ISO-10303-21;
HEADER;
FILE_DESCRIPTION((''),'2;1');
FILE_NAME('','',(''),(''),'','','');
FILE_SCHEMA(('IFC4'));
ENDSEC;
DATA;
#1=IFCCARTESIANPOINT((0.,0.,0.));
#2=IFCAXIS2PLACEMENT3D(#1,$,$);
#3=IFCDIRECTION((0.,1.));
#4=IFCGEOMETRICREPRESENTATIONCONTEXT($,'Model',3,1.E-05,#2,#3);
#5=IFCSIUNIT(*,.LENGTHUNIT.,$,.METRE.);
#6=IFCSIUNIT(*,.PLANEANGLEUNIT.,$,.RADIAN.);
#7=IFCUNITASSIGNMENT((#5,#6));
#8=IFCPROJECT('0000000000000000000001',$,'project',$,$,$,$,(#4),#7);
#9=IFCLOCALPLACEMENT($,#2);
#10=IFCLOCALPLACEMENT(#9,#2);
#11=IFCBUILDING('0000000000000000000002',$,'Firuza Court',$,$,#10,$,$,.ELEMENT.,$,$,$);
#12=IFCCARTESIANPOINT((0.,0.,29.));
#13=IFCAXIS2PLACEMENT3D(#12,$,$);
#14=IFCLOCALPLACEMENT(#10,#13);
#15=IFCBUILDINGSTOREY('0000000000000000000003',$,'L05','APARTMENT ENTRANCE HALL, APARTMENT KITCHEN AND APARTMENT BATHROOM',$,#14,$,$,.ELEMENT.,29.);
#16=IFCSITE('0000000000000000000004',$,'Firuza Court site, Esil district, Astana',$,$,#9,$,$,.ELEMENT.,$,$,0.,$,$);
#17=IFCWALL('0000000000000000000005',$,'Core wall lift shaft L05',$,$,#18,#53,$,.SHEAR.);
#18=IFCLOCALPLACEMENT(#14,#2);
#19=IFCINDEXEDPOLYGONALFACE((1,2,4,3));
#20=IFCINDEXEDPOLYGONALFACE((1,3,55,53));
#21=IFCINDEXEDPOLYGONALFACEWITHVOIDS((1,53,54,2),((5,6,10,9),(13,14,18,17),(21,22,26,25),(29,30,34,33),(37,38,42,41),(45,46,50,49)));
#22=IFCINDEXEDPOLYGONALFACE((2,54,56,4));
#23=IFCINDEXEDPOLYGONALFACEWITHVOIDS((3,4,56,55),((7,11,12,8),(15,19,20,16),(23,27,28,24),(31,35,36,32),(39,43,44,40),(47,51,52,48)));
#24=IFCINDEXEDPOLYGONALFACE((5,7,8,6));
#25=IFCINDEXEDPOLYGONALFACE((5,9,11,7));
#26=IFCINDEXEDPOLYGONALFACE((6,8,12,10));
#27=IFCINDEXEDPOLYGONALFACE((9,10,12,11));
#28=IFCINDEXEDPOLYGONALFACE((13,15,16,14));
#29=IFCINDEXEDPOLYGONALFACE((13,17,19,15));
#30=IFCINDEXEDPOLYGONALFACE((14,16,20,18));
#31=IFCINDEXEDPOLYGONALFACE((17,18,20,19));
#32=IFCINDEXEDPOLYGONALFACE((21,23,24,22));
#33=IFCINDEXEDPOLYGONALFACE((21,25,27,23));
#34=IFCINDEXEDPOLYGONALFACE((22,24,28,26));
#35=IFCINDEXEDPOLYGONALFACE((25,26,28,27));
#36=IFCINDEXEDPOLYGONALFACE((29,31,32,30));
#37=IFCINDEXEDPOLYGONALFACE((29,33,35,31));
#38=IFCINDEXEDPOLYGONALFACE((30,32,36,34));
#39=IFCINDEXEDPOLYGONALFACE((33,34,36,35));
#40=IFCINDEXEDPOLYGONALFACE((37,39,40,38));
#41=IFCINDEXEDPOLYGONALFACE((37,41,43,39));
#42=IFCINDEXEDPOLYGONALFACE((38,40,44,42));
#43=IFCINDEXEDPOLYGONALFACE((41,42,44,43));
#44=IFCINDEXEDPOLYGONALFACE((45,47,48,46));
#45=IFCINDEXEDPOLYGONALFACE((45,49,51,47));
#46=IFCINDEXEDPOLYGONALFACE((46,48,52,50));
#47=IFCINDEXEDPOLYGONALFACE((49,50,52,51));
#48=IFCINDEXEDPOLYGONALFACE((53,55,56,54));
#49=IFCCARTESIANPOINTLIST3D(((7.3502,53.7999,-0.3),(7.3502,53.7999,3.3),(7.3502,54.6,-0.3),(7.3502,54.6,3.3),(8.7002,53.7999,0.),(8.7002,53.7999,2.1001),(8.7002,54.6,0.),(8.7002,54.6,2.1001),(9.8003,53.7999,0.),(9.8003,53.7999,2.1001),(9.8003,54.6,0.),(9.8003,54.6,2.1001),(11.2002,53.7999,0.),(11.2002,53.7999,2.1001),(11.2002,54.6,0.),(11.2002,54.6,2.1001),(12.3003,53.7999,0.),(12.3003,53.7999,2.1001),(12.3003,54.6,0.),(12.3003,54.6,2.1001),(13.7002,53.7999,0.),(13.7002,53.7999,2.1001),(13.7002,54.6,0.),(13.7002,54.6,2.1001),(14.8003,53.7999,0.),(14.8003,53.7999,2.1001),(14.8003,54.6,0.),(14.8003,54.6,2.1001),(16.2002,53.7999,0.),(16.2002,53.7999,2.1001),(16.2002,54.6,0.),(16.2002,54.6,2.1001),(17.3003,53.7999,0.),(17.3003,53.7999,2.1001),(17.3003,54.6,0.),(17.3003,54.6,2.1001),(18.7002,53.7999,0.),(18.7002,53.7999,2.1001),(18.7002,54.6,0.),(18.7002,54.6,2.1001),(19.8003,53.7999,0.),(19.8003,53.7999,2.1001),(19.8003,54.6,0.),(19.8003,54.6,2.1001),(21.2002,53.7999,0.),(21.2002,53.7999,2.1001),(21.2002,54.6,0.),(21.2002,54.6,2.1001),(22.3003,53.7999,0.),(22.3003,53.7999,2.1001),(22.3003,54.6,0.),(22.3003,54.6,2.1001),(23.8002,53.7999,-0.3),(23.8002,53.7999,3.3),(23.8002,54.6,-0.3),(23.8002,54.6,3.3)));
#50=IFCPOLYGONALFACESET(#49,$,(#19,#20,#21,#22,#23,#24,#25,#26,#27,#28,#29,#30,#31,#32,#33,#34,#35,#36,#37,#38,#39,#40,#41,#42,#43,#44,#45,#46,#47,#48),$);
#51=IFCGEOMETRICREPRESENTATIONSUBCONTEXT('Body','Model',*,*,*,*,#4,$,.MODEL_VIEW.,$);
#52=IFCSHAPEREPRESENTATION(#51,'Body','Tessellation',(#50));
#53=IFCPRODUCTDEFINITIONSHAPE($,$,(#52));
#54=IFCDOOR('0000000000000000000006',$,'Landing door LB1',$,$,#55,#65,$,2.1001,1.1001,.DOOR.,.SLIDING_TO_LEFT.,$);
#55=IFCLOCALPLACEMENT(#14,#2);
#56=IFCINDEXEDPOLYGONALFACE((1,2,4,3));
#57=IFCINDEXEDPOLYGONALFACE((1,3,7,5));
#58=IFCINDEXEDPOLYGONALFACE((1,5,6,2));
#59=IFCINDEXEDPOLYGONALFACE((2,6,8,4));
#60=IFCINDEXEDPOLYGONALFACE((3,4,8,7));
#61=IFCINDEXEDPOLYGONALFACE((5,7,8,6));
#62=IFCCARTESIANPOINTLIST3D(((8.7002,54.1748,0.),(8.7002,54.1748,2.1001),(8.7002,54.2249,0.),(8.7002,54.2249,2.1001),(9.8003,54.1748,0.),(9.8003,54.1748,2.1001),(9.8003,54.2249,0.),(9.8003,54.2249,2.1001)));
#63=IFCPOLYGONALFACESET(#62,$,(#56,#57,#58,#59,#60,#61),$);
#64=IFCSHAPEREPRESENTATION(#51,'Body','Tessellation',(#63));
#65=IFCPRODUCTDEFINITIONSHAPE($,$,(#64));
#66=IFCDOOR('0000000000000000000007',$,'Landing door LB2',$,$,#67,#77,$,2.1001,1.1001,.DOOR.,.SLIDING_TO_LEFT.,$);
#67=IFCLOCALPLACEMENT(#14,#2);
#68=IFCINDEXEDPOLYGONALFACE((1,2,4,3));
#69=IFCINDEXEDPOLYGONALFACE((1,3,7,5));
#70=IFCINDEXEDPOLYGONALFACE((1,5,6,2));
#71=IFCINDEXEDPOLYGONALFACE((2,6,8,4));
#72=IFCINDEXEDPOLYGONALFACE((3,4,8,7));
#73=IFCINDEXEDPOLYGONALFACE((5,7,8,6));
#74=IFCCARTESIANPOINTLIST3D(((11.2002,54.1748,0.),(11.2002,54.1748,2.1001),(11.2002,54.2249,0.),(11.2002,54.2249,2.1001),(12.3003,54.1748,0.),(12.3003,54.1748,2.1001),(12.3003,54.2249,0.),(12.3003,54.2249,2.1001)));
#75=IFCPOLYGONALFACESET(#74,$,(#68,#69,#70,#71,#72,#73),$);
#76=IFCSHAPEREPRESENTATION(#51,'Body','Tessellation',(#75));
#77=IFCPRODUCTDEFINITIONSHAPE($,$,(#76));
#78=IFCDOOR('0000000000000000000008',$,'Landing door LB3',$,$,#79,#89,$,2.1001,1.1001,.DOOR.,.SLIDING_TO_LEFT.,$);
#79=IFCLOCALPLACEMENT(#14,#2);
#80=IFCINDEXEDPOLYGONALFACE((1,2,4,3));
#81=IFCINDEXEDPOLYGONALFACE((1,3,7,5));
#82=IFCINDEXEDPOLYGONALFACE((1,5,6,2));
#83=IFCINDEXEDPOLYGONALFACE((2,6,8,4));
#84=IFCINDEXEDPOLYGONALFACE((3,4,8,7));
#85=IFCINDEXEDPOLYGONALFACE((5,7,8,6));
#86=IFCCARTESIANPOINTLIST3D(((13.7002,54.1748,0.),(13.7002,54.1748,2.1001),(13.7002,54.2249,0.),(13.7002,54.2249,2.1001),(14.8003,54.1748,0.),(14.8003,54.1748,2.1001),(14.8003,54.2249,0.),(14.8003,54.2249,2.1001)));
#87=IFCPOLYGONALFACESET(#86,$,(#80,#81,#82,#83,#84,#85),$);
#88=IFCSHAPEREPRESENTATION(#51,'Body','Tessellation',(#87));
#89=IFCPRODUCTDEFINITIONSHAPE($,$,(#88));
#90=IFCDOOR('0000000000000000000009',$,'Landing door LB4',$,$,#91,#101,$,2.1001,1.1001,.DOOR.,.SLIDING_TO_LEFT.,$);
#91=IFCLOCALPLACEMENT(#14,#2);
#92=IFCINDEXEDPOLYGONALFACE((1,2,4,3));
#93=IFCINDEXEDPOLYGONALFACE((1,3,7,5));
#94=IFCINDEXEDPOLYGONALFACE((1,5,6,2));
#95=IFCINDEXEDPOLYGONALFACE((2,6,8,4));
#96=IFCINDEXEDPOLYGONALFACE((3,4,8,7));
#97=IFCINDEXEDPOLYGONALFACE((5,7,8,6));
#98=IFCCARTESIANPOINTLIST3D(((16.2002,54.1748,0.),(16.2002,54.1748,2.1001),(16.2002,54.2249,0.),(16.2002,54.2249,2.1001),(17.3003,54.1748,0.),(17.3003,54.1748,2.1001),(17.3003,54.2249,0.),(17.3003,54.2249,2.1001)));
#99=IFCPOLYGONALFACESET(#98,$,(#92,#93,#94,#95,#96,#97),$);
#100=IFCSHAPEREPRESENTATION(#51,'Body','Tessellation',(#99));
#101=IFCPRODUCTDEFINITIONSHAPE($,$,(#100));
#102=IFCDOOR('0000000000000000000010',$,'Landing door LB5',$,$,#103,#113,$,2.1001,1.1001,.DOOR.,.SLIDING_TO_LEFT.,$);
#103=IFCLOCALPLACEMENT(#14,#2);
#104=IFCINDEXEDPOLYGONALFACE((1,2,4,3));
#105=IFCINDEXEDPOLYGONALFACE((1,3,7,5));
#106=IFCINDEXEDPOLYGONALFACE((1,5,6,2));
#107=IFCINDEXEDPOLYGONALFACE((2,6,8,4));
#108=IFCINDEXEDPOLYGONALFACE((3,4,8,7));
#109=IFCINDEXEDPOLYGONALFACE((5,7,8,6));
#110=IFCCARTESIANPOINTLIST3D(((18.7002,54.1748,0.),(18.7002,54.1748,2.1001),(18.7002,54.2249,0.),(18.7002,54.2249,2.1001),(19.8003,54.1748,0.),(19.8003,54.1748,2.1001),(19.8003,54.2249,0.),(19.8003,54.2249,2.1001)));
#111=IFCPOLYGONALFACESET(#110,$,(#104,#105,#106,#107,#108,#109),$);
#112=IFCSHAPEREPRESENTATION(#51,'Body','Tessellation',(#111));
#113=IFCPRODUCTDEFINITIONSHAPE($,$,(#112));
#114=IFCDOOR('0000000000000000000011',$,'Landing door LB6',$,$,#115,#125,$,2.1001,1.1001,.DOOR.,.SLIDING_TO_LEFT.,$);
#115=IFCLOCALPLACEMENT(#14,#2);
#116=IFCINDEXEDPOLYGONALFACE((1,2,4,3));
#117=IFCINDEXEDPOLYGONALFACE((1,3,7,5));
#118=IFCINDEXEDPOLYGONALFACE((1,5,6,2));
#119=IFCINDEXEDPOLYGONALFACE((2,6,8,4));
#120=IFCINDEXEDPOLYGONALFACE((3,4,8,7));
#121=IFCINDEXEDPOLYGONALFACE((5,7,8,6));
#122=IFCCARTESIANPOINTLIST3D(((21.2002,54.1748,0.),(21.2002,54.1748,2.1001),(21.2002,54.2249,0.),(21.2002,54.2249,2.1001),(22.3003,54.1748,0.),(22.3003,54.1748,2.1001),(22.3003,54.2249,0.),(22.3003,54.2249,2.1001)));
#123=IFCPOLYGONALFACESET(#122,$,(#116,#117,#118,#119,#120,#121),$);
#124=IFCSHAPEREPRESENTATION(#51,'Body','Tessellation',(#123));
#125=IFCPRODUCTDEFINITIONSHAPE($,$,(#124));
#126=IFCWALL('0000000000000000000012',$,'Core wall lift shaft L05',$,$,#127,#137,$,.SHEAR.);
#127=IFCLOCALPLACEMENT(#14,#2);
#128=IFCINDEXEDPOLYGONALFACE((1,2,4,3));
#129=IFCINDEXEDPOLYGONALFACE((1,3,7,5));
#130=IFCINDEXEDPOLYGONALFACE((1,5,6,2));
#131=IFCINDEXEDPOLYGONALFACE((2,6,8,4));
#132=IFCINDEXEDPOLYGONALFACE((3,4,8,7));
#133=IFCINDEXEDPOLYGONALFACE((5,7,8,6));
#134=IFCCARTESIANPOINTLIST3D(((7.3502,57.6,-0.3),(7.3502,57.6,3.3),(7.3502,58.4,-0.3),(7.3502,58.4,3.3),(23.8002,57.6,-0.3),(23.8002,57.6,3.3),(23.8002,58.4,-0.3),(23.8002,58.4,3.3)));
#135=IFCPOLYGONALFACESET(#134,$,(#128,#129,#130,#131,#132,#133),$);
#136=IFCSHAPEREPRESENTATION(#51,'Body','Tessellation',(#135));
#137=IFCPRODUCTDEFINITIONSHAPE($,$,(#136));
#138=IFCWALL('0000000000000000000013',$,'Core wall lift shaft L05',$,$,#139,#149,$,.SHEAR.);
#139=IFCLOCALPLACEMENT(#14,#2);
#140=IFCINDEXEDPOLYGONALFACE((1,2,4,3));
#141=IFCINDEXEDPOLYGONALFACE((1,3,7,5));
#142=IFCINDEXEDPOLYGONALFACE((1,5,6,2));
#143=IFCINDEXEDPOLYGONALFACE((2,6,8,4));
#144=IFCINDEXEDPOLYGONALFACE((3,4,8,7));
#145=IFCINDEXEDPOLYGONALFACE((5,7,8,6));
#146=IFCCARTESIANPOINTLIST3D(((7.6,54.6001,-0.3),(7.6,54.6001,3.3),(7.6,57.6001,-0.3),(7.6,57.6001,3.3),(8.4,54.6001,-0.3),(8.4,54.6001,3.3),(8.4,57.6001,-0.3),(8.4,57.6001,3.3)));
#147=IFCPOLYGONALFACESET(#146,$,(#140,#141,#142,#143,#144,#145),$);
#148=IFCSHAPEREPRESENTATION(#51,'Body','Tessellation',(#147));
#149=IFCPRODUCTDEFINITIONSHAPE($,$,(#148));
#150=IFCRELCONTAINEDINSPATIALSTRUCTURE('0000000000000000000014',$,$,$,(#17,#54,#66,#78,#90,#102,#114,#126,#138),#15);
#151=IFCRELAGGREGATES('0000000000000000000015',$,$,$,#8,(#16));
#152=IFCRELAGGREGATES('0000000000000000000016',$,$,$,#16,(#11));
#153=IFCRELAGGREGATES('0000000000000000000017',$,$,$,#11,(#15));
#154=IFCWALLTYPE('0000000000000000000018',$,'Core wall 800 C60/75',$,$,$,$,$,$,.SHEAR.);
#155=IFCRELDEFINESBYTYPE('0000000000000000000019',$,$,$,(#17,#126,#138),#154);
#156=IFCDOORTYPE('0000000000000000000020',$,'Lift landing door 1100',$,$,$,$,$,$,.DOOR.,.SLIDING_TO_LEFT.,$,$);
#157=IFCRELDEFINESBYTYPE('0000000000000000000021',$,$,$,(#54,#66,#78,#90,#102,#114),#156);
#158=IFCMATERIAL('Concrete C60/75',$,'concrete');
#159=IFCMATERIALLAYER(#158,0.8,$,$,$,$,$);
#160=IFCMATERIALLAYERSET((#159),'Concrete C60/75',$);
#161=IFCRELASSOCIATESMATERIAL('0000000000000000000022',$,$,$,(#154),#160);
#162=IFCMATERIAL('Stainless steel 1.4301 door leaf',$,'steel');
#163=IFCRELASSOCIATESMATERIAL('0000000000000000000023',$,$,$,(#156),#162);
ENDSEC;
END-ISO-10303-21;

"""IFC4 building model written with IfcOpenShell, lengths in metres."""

from ifc_helpers import new_model, si_unit, direction, frame, frame_2d, origin, place, context, subcontext, project, spatial, rectangle, extrude, material, layer, layer_set, type_object, element, fill, save


model = new_model("IFC4")

# Units and contexts
model_context = context("Model", 3, precision=1e-05, world=origin(), true_north=direction((0.0, 1.0)))
body_context = subcontext(model_context, "Body", "Model", "MODEL_VIEW")
ifc_project = project(units=[si_unit("LENGTHUNIT", "METRE"), si_unit("PLANEANGLEUNIT", "RADIAN")], contexts=[model_context])

# Site, building, storey
site_placement = place(None, origin())
site = spatial("IfcSite", under=ifc_project, at=site_placement, Name="Firuza Court site, Esil district, Astana", CompositionType="ELEMENT", RefElevation=0.0)
building_placement = place(site_placement, origin())
building = spatial("IfcBuilding", under=site, at=building_placement, Name="Firuza Court", CompositionType="ELEMENT")
storey_placement = place(building_placement, frame((0.0, 0.0, 29.0)))
storey = spatial("IfcBuildingStorey", under=building, at=storey_placement, Name="L05", Description="APARTMENT ENTRANCE HALL, APARTMENT KITCHEN AND APARTMENT BATHROOM", CompositionType="ELEMENT", Elevation=29.0)

# Shared definitions
ifc_material_1 = material(Name="Concrete C60/75", Category="concrete")

# Wall, openings, doors
ifc_layer_1 = layer(ifc_material_1, 0.8)
ifc_layer_set_1 = layer_set([ifc_layer_1], Name="Concrete C60/75")
wall_type_1 = type_object("IfcWallType", Name="Core wall 800 C60/75", PredefinedType="SHEAR", material=ifc_layer_set_1)
wall_1_placement = place(storey_placement, frame((7.3501, 54.2, -0.3), z_axis=(0.0, 0.0, 1.0), x_axis=(1.0, 0.0, 0.0)))
wall_1 = element("IfcWall", 1, at=wall_1_placement, inside=storey, type_object=wall_type_1, Name="Core wall lift shaft L05", PredefinedType="SHEAR", context=body_context, shape_type="SweptSolid", body=[
    extrude(rectangle(XDim=16.45, YDim=0.8, at=frame_2d((8.2251, 0.0))), origin(), (0.0, 0.0, 1.0), 3.6001),
])
opening_1_placement = place(wall_1_placement, frame((1.3501, 0.0, 0.3)))
opening_1 = element("IfcOpeningElement", 2, at=opening_1_placement, cuts=wall_1, PredefinedType="OPENING", context=body_context, shape_type="SweptSolid", body=[
    extrude(rectangle(XDim=1.1001, YDim=2.1001, at=frame_2d((0.55, 1.05))), frame((0.0, 0.4121, 0.0), z_axis=(0.0, -1.0, 0.0), x_axis=(1.0, 0.0, 0.0)), (0.0, 0.0, 1.0), 0.824),
])
opening_2_placement = place(wall_1_placement, frame((3.8501, 0.0, 0.3)))
opening_2 = element("IfcOpeningElement", 3, at=opening_2_placement, cuts=wall_1, PredefinedType="OPENING", context=body_context, shape_type="SweptSolid", body=[
    extrude(rectangle(XDim=1.1001, YDim=2.1001, at=frame_2d((0.55, 1.05))), frame((0.0, 0.4121, 0.0), z_axis=(0.0, -1.0, 0.0), x_axis=(1.0, 0.0, 0.0)), (0.0, 0.0, 1.0), 0.824),
])
opening_3_placement = place(wall_1_placement, frame((6.3501, 0.0, 0.3)))
opening_3 = element("IfcOpeningElement", 4, at=opening_3_placement, cuts=wall_1, PredefinedType="OPENING", context=body_context, shape_type="SweptSolid", body=[
    extrude(rectangle(XDim=1.1001, YDim=2.1001, at=frame_2d((0.55, 1.05))), frame((0.0, 0.4121, 0.0), z_axis=(0.0, -1.0, 0.0), x_axis=(1.0, 0.0, 0.0)), (0.0, 0.0, 1.0), 0.824),
])
opening_4_placement = place(wall_1_placement, frame((8.8501, 0.0, 0.3)))
opening_4 = element("IfcOpeningElement", 5, at=opening_4_placement, cuts=wall_1, PredefinedType="OPENING", context=body_context, shape_type="SweptSolid", body=[
    extrude(rectangle(XDim=1.1001, YDim=2.1001, at=frame_2d((0.55, 1.05))), frame((0.0, 0.4121, 0.0), z_axis=(0.0, -1.0, 0.0), x_axis=(1.0, 0.0, 0.0)), (0.0, 0.0, 1.0), 0.824),
])
opening_5_placement = place(wall_1_placement, frame((11.3501, 0.0, 0.3)))
opening_5 = element("IfcOpeningElement", 6, at=opening_5_placement, cuts=wall_1, PredefinedType="OPENING", context=body_context, shape_type="SweptSolid", body=[
    extrude(rectangle(XDim=1.1001, YDim=2.1001, at=frame_2d((0.55, 1.05))), frame((0.0, 0.4121, 0.0), z_axis=(0.0, -1.0, 0.0), x_axis=(1.0, 0.0, 0.0)), (0.0, 0.0, 1.0), 0.824),
])
opening_6_placement = place(wall_1_placement, frame((13.8501, 0.0, 0.3)))
opening_6 = element("IfcOpeningElement", 7, at=opening_6_placement, cuts=wall_1, PredefinedType="OPENING", context=body_context, shape_type="SweptSolid", body=[
    extrude(rectangle(XDim=1.1001, YDim=2.1001, at=frame_2d((0.55, 1.05))), frame((0.0, 0.4121, 0.0), z_axis=(0.0, -1.0, 0.0), x_axis=(1.0, 0.0, 0.0)), (0.0, 0.0, 1.0), 0.824),
])
ifc_material_2 = material(Name="Stainless steel 1.4301 door leaf", Category="steel")
door_type = type_object("IfcDoorType", Name="Lift landing door 1100", OperationType="SLIDING_TO_LEFT", PredefinedType="DOOR", material=ifc_material_2)
door_1_placement = place(opening_1_placement, origin())
door_1 = element("IfcDoor", 8, at=door_1_placement, inside=storey, type_object=door_type, Name="Landing door LB1", OperationType="SLIDING_TO_LEFT", OverallHeight=2.1001, OverallWidth=1.1001, PredefinedType="DOOR", context=body_context, shape_type="SweptSolid", body=[
    extrude(rectangle(XDim=1.1001, YDim=2.1001, at=frame_2d((0.55, 1.05))), frame((0.0, 0.0249, 0.0), z_axis=(0.0, -1.0, 0.0), x_axis=(1.0, 0.0, 0.0)), (0.0, 0.0, 1.0), 0.05),
])
fill(opening_1, door_1)
door_2_placement = place(opening_2_placement, origin())
door_2 = element("IfcDoor", 9, at=door_2_placement, inside=storey, type_object=door_type, Name="Landing door LB2", OperationType="SLIDING_TO_LEFT", OverallHeight=2.1001, OverallWidth=1.1001, PredefinedType="DOOR", context=body_context, shape_type="SweptSolid", body=[
    extrude(rectangle(XDim=1.1001, YDim=2.1001, at=frame_2d((0.55, 1.05))), frame((0.0, 0.0249, 0.0), z_axis=(0.0, -1.0, 0.0), x_axis=(1.0, 0.0, 0.0)), (0.0, 0.0, 1.0), 0.05),
])
fill(opening_2, door_2)
door_3_placement = place(opening_3_placement, origin())
door_3 = element("IfcDoor", 10, at=door_3_placement, inside=storey, type_object=door_type, Name="Landing door LB3", OperationType="SLIDING_TO_LEFT", OverallHeight=2.1001, OverallWidth=1.1001, PredefinedType="DOOR", context=body_context, shape_type="SweptSolid", body=[
    extrude(rectangle(XDim=1.1001, YDim=2.1001, at=frame_2d((0.55, 1.05))), frame((0.0, 0.0249, 0.0), z_axis=(0.0, -1.0, 0.0), x_axis=(1.0, 0.0, 0.0)), (0.0, 0.0, 1.0), 0.05),
])
fill(opening_3, door_3)
door_4_placement = place(opening_4_placement, origin())
door_4 = element("IfcDoor", 11, at=door_4_placement, inside=storey, type_object=door_type, Name="Landing door LB4", OperationType="SLIDING_TO_LEFT", OverallHeight=2.1001, OverallWidth=1.1001, PredefinedType="DOOR", context=body_context, shape_type="SweptSolid", body=[
    extrude(rectangle(XDim=1.1001, YDim=2.1001, at=frame_2d((0.55, 1.05))), frame((0.0, 0.0249, 0.0), z_axis=(0.0, -1.0, 0.0), x_axis=(1.0, 0.0, 0.0)), (0.0, 0.0, 1.0), 0.05),
])
fill(opening_4, door_4)
door_5_placement = place(opening_5_placement, origin())
door_5 = element("IfcDoor", 12, at=door_5_placement, inside=storey, type_object=door_type, Name="Landing door LB5", OperationType="SLIDING_TO_LEFT", OverallHeight=2.1001, OverallWidth=1.1001, PredefinedType="DOOR", context=body_context, shape_type="SweptSolid", body=[
    extrude(rectangle(XDim=1.1001, YDim=2.1001, at=frame_2d((0.55, 1.05))), frame((0.0, 0.0249, 0.0), z_axis=(0.0, -1.0, 0.0), x_axis=(1.0, 0.0, 0.0)), (0.0, 0.0, 1.0), 0.05),
])
fill(opening_5, door_5)
door_6_placement = place(opening_6_placement, origin())
door_6 = element("IfcDoor", 13, at=door_6_placement, inside=storey, type_object=door_type, Name="Landing door LB6", OperationType="SLIDING_TO_LEFT", OverallHeight=2.1001, OverallWidth=1.1001, PredefinedType="DOOR", context=body_context, shape_type="SweptSolid", body=[
    extrude(rectangle(XDim=1.1001, YDim=2.1001, at=frame_2d((0.55, 1.05))), frame((0.0, 0.0249, 0.0), z_axis=(0.0, -1.0, 0.0), x_axis=(1.0, 0.0, 0.0)), (0.0, 0.0, 1.0), 0.05),
])
fill(opening_6, door_6)

# Walls
wall_2_placement = place(storey_placement, frame((7.3501, 58.0, -0.3), z_axis=(0.0, 0.0, 1.0), x_axis=(1.0, 0.0, 0.0)))
element("IfcWall", 14, at=wall_2_placement, inside=storey, type_object=wall_type_1, Name="Core wall lift shaft L05", PredefinedType="SHEAR", context=body_context, shape_type="SweptSolid", body=[
    extrude(rectangle(XDim=16.45, YDim=0.8, at=frame_2d((8.2251, 0.0))), origin(), (0.0, 0.0, 1.0), 3.6001),
])
wall_3_placement = place(storey_placement, frame((8.0, 54.6001, -0.3), z_axis=(0.0, 0.0, 1.0), x_axis=(0.0, 1.0, 0.0)))
element("IfcWall", 15, at=wall_3_placement, inside=storey, type_object=wall_type_1, Name="Core wall lift shaft L05", PredefinedType="SHEAR", context=body_context, shape_type="SweptSolid", body=[
    extrude(rectangle(XDim=3.0, YDim=0.8, at=frame_2d((1.5, 0.0))), origin(), (0.0, 0.0, 1.0), 3.6001),
])

save(model, "model.ifc")
